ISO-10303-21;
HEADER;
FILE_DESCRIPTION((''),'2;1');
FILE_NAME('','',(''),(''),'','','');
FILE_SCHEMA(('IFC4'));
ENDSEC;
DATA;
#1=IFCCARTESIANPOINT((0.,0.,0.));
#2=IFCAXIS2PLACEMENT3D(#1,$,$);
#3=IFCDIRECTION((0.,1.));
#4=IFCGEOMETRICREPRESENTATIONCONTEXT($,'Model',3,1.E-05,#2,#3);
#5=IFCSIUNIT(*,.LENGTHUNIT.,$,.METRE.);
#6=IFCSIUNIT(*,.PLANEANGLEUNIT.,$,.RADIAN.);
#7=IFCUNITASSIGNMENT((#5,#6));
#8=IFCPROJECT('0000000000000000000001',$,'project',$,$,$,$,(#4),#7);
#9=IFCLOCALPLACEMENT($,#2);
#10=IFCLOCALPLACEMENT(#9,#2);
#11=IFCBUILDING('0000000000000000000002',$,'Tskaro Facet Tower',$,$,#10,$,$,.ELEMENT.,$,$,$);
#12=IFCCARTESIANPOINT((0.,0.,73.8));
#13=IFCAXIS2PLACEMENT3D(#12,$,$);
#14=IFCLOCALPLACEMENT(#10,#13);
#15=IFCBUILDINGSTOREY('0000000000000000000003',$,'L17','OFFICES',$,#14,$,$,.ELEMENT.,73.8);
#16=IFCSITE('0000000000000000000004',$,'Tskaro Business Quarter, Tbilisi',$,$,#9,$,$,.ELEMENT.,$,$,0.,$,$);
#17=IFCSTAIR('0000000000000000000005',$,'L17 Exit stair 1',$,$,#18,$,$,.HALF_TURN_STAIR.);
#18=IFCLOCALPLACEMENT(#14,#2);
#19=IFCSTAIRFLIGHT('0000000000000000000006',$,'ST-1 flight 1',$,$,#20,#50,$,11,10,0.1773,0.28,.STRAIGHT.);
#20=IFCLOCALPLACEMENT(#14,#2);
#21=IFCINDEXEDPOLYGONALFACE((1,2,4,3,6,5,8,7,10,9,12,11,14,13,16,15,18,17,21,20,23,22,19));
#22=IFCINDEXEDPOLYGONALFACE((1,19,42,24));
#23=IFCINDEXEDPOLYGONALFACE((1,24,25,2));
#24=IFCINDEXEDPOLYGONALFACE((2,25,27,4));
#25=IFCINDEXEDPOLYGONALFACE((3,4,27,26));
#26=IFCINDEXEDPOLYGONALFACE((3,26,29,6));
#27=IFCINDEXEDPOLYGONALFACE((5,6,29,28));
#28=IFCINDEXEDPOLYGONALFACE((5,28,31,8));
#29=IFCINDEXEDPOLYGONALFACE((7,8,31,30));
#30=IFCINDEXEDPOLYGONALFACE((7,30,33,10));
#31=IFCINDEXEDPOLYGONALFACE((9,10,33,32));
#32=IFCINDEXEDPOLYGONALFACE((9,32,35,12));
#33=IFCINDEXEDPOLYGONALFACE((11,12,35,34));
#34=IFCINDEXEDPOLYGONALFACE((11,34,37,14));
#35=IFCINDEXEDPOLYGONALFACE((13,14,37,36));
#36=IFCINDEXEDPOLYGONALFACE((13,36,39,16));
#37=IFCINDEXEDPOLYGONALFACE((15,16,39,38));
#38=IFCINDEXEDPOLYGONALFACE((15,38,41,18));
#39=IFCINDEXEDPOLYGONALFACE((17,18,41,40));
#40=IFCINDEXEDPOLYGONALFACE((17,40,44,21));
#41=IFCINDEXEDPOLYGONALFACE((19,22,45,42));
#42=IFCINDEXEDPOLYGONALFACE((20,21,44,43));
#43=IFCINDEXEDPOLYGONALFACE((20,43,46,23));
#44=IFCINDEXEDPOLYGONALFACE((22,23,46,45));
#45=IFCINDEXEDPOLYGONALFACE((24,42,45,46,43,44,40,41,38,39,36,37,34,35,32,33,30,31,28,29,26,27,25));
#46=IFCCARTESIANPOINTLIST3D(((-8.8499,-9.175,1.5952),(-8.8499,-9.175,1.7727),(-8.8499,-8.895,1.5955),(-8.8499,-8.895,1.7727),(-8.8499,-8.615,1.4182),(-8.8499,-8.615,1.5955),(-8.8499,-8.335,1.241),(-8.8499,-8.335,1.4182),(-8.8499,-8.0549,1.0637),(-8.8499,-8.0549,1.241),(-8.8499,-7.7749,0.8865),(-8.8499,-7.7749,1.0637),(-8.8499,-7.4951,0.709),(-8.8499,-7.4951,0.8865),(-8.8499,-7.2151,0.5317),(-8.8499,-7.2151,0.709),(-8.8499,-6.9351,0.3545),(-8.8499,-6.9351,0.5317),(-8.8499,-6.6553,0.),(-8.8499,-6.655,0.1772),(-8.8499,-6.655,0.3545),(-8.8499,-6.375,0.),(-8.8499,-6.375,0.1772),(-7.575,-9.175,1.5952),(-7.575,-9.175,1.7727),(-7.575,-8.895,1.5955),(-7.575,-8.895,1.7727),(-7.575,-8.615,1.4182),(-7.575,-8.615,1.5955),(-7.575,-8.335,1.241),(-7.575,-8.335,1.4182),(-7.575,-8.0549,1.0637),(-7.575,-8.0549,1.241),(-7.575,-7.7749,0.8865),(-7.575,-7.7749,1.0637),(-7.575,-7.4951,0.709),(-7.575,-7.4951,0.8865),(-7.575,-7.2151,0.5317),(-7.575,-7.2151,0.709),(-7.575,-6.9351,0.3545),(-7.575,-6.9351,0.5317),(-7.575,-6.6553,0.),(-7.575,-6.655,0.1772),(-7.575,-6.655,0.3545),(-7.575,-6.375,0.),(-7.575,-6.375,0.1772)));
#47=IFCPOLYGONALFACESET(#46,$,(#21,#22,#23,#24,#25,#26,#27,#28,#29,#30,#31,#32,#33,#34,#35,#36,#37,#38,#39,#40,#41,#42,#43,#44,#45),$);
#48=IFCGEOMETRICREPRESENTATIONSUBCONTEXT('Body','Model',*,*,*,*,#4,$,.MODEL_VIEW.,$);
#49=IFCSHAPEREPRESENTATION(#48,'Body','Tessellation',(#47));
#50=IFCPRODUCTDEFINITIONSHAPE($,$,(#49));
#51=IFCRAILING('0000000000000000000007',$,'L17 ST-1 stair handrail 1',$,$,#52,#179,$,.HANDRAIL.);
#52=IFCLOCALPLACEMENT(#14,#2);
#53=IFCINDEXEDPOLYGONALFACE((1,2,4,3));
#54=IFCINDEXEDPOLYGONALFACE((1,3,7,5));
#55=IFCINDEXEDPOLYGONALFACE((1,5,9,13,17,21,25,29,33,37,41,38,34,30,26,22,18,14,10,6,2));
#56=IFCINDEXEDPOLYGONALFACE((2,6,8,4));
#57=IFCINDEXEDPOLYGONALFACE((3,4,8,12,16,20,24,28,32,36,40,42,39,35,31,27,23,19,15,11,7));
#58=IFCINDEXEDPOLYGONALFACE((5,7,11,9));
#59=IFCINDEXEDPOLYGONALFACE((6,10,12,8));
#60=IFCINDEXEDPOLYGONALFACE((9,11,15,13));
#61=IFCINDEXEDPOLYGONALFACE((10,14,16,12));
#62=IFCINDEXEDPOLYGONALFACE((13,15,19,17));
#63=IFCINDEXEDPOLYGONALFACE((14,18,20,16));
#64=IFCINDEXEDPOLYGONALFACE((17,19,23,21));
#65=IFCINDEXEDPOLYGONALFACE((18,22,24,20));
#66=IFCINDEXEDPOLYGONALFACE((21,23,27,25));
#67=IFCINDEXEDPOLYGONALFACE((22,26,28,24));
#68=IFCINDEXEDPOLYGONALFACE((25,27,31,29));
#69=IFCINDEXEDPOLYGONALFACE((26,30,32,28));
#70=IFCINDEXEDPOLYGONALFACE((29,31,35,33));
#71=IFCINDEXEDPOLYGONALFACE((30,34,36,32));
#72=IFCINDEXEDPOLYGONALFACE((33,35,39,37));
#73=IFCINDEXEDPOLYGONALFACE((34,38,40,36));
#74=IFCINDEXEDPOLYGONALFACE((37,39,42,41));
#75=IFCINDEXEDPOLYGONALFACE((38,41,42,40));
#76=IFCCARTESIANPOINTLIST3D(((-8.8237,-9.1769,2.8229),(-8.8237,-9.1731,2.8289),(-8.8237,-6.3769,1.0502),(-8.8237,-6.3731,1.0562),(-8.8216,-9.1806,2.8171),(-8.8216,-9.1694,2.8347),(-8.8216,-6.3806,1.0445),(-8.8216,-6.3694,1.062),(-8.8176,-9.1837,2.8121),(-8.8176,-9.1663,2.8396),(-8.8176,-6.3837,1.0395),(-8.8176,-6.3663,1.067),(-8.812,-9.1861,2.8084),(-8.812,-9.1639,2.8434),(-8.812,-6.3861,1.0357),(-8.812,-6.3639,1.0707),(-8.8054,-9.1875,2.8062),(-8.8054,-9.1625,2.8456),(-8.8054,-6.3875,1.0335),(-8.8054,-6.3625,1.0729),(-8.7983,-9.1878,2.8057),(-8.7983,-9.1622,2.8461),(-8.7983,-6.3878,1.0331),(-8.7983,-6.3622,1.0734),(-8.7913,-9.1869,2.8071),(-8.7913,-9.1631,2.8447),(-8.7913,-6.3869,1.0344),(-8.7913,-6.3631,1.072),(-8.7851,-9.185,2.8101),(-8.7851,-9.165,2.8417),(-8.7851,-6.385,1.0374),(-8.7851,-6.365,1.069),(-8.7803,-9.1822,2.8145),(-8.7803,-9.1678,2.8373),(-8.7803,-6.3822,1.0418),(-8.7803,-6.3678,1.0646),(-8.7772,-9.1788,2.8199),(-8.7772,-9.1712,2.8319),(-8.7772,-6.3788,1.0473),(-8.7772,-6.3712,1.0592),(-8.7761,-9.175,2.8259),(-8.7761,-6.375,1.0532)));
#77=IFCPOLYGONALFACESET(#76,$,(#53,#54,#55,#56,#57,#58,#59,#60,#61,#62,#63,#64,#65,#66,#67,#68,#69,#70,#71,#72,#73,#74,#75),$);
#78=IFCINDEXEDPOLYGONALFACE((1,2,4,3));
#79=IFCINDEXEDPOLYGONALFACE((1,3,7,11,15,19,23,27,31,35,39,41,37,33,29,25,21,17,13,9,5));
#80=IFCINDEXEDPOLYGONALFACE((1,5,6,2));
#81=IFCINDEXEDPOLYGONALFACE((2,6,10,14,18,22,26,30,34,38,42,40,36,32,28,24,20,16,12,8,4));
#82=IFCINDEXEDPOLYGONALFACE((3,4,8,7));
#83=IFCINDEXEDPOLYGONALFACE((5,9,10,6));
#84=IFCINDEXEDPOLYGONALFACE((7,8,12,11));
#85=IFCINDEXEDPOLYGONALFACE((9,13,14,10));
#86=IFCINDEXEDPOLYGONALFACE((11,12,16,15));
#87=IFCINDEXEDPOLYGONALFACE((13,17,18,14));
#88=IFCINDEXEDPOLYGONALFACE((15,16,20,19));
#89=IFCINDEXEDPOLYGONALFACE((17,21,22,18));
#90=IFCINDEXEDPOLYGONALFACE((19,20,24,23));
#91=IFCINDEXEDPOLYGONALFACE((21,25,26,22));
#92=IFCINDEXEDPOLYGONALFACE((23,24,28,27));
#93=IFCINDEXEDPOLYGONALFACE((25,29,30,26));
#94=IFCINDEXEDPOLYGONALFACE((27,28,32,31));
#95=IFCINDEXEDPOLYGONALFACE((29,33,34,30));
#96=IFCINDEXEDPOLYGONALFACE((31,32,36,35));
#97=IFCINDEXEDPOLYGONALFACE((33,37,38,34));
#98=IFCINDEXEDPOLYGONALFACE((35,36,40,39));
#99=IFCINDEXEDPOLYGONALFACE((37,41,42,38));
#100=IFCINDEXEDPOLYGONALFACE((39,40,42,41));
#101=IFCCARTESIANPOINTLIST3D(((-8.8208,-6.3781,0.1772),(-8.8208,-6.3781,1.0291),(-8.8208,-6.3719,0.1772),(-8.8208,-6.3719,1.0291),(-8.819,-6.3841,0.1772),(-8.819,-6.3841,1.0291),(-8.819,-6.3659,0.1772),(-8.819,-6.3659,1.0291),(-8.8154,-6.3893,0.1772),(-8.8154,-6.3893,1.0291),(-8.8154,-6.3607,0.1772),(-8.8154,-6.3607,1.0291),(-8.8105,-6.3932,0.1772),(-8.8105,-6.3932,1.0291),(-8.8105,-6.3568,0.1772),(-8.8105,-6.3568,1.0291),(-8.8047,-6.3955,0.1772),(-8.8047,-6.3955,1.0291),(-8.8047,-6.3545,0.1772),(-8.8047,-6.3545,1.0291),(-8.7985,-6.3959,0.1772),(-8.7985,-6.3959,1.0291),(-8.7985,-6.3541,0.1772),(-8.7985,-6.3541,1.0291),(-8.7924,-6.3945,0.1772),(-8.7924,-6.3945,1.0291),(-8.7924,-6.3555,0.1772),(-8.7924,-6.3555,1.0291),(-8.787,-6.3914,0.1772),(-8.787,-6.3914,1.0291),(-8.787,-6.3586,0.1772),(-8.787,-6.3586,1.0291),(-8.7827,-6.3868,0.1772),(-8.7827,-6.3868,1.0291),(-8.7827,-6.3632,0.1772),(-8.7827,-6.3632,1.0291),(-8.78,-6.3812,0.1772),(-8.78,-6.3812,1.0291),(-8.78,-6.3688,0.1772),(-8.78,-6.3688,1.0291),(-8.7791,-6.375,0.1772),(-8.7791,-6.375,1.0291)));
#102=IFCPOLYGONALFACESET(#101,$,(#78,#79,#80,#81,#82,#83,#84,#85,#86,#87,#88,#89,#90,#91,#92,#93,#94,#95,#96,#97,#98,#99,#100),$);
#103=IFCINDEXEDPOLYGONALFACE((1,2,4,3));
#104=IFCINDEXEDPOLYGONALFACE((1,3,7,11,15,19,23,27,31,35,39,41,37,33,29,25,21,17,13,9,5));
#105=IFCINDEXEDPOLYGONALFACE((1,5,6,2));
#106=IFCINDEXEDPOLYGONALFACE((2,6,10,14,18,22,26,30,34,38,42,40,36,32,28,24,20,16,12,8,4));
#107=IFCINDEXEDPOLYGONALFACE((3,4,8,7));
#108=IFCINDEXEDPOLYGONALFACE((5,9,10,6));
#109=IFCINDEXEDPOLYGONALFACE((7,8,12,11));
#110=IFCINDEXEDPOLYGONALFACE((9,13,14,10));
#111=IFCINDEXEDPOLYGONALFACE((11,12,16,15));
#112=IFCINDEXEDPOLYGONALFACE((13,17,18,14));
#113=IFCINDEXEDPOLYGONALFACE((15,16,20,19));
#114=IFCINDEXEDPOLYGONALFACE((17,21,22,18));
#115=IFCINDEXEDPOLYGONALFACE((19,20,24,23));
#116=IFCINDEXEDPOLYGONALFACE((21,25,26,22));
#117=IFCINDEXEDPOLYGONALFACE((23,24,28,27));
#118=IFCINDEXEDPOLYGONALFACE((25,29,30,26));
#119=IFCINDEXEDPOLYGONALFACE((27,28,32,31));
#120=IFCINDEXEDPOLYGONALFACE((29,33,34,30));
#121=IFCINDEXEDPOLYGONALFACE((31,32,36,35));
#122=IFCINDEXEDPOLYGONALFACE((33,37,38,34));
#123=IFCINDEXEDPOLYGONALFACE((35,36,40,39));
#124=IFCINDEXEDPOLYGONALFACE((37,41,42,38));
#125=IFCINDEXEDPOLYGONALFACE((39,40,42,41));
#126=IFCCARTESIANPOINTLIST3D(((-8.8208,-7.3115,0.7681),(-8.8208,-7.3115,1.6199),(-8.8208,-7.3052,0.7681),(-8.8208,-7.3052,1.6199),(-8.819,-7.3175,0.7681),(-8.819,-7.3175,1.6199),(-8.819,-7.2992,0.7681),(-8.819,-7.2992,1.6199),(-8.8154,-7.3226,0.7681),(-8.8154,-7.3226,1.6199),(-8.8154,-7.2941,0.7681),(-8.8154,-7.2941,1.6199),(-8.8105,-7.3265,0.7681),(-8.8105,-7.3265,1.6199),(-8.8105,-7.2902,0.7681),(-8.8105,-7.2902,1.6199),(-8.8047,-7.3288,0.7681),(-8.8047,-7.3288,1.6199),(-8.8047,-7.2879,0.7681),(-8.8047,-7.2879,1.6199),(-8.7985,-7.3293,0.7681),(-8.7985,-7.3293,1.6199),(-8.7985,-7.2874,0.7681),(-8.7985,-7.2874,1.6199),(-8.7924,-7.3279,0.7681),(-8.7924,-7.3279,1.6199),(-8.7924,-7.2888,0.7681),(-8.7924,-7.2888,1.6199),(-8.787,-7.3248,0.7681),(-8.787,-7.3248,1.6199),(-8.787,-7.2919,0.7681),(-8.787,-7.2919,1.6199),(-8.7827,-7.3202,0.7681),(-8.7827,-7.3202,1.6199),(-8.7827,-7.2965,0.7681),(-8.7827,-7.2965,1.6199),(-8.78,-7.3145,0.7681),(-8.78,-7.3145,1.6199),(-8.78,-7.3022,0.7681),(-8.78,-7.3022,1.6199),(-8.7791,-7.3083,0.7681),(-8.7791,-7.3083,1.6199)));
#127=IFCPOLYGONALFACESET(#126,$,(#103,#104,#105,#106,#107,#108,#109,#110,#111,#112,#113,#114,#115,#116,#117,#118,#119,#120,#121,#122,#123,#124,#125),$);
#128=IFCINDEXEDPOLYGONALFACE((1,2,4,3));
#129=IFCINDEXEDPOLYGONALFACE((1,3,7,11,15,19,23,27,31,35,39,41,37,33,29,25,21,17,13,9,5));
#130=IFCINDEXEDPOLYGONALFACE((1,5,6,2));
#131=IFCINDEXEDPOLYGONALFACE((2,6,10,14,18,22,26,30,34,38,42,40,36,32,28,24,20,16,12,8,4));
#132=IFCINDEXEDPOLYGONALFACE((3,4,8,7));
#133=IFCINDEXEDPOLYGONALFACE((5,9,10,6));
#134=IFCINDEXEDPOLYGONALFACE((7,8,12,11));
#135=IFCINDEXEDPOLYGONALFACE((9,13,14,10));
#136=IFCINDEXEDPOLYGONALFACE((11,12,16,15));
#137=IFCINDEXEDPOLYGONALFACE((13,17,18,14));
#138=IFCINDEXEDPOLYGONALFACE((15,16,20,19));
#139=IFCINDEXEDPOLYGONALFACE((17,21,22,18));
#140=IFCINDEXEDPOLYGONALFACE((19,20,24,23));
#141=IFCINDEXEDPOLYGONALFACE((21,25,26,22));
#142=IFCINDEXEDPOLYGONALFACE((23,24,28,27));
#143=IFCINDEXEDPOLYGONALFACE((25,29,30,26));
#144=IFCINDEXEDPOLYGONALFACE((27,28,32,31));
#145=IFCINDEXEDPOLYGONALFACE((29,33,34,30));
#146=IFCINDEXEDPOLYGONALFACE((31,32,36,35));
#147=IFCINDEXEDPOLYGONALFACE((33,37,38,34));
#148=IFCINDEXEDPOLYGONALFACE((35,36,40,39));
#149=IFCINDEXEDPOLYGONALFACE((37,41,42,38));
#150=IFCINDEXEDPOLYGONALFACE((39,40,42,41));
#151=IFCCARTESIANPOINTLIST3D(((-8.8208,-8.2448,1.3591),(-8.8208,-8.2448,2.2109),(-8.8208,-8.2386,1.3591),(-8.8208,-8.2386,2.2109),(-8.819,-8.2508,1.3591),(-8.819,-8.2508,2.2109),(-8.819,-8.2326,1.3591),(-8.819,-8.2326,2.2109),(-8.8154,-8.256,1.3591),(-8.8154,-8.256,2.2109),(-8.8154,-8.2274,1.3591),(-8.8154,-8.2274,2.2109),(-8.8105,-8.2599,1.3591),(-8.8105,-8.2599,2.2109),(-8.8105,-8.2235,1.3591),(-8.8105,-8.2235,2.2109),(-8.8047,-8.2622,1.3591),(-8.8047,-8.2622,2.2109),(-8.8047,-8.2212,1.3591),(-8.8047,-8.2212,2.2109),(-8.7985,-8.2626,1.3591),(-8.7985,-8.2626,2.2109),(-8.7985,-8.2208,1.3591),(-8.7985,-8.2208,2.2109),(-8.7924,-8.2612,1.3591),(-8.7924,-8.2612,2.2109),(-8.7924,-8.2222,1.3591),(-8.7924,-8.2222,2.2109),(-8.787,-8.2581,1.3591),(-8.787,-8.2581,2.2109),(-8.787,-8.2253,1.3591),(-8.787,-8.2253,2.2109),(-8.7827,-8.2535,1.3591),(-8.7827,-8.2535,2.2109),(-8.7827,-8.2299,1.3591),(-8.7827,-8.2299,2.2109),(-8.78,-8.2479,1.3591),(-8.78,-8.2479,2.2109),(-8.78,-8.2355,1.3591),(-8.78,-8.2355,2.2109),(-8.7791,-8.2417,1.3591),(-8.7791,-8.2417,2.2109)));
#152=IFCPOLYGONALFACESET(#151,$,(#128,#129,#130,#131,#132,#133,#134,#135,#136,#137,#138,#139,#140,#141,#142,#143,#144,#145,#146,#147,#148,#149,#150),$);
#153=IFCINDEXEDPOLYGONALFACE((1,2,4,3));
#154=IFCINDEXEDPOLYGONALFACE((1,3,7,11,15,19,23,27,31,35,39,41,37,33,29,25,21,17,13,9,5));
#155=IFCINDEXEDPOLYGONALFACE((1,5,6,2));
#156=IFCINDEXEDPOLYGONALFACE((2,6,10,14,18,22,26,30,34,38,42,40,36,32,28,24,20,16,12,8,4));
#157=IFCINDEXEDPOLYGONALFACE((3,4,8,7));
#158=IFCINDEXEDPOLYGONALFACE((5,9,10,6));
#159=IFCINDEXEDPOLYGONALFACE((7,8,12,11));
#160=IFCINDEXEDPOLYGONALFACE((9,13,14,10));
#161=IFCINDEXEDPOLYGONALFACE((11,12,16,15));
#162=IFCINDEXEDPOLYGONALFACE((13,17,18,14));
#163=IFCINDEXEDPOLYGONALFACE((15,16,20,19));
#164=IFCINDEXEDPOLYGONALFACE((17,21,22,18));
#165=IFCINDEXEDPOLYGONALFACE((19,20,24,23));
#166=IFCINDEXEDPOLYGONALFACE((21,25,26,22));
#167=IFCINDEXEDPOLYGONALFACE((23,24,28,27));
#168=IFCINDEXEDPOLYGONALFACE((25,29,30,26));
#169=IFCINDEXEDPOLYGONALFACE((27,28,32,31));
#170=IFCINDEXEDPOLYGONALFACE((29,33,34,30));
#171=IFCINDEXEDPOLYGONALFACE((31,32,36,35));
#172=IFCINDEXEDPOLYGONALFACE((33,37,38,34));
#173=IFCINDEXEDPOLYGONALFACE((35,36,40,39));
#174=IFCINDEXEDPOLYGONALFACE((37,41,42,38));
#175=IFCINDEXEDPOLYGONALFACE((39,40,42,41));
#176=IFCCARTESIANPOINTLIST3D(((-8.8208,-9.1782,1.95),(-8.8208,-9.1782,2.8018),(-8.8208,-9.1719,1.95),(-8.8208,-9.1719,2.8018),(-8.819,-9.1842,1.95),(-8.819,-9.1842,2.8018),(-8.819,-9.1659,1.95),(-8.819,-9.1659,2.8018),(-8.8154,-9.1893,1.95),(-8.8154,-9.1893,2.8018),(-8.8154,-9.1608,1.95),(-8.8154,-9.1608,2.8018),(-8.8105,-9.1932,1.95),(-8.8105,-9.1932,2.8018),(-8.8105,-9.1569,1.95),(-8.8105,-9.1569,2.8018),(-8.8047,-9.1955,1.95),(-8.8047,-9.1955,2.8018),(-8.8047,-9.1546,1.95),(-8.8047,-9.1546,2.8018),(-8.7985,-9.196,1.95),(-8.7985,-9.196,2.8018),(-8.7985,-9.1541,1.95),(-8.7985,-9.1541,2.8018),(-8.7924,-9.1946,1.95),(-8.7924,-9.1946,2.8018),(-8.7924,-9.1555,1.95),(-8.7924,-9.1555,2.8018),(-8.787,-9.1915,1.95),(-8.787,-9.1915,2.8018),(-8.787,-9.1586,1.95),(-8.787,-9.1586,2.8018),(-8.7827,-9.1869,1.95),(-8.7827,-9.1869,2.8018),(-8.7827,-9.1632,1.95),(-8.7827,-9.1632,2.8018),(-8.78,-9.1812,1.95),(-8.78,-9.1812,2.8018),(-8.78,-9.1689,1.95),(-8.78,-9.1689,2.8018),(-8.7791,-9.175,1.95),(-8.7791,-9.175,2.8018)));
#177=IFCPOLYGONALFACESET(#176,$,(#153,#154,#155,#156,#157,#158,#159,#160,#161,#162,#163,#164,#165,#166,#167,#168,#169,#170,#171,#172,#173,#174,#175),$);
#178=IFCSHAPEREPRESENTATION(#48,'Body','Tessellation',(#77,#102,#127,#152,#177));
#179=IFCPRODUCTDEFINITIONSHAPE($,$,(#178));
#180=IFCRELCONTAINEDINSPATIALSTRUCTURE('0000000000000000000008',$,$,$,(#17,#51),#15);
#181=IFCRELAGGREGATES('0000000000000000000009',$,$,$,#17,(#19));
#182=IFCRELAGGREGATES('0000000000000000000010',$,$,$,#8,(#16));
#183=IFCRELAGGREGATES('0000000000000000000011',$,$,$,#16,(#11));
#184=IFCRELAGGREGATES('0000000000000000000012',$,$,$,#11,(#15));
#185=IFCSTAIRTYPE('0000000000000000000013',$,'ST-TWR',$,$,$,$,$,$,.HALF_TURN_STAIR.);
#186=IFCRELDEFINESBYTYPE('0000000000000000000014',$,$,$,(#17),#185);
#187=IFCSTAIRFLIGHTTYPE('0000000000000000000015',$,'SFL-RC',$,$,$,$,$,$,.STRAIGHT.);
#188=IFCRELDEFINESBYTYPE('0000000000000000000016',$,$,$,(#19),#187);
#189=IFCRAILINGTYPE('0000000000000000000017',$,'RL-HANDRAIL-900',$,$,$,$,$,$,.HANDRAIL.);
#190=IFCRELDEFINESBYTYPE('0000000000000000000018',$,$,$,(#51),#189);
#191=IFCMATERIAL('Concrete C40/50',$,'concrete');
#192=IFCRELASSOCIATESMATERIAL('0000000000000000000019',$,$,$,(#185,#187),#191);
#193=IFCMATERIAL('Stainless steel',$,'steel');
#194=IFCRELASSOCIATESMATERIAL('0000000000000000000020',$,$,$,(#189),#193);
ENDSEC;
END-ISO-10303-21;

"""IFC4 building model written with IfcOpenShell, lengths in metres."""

from ifc_helpers import new_model, si_unit, direction, frame, origin, origin_2d, place, context, subcontext, project, spatial, polyline, circle, outline, extrude, material, type_object, element, aggregate, save


model = new_model("IFC4")

# Units and contexts
model_context = context("Model", 3, precision=1e-05, world=origin(), true_north=direction((0.0, 1.0)))
body_context = subcontext(model_context, "Body", "Model", "MODEL_VIEW")
ifc_project = project(units=[si_unit("LENGTHUNIT", "METRE"), si_unit("PLANEANGLEUNIT", "RADIAN")], contexts=[model_context])

# Site, building, storey
site_placement = place(None, origin())
site = spatial("IfcSite", under=ifc_project, at=site_placement, Name="Tskaro Business Quarter, Tbilisi", CompositionType="ELEMENT", RefElevation=0.0)
building_placement = place(site_placement, origin())
building = spatial("IfcBuilding", under=site, at=building_placement, Name="Tskaro Facet Tower", CompositionType="ELEMENT")
storey_placement = place(building_placement, frame((0.0, 0.0, 73.8)))
storey = spatial("IfcBuildingStorey", under=building, at=storey_placement, Name="L17", Description="OFFICES", CompositionType="ELEMENT", Elevation=73.8)

# Shared definitions
ifc_material_1 = material(Name="Stainless steel", Category="steel")

# Shared definitions
ifc_material_2 = material(Name="Concrete C40/50", Category="concrete")

# Stair, stair flight
stair_type = type_object("IfcStairType", Name="ST-TWR", PredefinedType="HALF_TURN_STAIR", material=ifc_material_2)
stair_placement = place(storey_placement, origin())
stair = element("IfcStair", 1, at=stair_placement, inside=storey, type_object=stair_type, Name="L17 Exit stair 1", PredefinedType="HALF_TURN_STAIR")
stair_flight_type = type_object("IfcStairFlightType", Name="SFL-RC", PredefinedType="STRAIGHT", material=ifc_material_2)
stair_flight_placement = place(storey_placement, frame((-8.2124, -6.375, 0.0), z_axis=(0.0, 0.0, 1.0), x_axis=(0.0, -1.0, 0.0)))
stair_flight = element("IfcStairFlight", 2, at=stair_flight_placement, type_object=stair_flight_type, Name="ST-1 flight 1", NumberOfRisers=11, NumberOfTreads=10, PredefinedType="STRAIGHT", RiserHeight=0.1773, TreadLength=0.28, context=body_context, shape_type="SweptSolid", body=[
    extrude(outline(polyline([(0.0, 0.0), (0.0, 0.1772), (0.28, 0.1772), (0.28, 0.3545), (0.5601, 0.3545), (0.5601, 0.5317), (0.8401, 0.5317), (0.8401, 0.709), (1.1201, 0.709), (1.1201, 0.8865), (1.3999, 0.8865), (1.3999, 1.0637), (1.6799, 1.0637), (1.6799, 1.241), (1.96, 1.241), (1.96, 1.4182), (2.24, 1.4182), (2.24, 1.5955), (2.52, 1.5955), (2.52, 1.7727), (2.8, 1.7727), (2.8, 1.95), (2.8, 1.5952), (0.2803, 0.0), (0.0, 0.0)])), frame((0.0, 0.6375, 0.0), z_axis=(0.0, -1.0, 0.0), x_axis=(1.0, 0.0, 0.0)), (0.0, 0.0, 1.0), 1.2749),
])
aggregate(stair, [stair_flight])

# Railing
railing_type = type_object("IfcRailingType", Name="RL-HANDRAIL-900", PredefinedType="HANDRAIL", material=ifc_material_1)
railing_placement = place(storey_placement, frame((-8.8, -6.375, 0.1772)))
element("IfcRailing", 3, at=railing_placement, inside=storey, type_object=railing_type, Name="L17 ST-1 stair handrail 1", PredefinedType="HANDRAIL", context=body_context, shape_type="SweptSolid", body=[
    extrude(circle(Radius=0.0239, at=origin_2d()), frame((0.0, 0.0, 0.876), z_axis=(0.0, -0.844909, 0.53491), x_axis=(1.0, 0.0, 0.0)), (0.0, 0.0, 1.0), 3.314),
    extrude(circle(Radius=0.021, at=origin_2d()), origin(), (0.0, 0.0, 1.0), 0.8518),
    extrude(circle(Radius=0.021, at=origin_2d()), frame((0.0, -0.9333, 0.5908)), (0.0, 0.0, 1.0), 0.8518),
    extrude(circle(Radius=0.021, at=origin_2d()), frame((0.0, -1.8667, 1.1819)), (0.0, 0.0, 1.0), 0.8518),
    extrude(circle(Radius=0.021, at=origin_2d()), frame((0.0, -2.8, 1.7727)), (0.0, 0.0, 1.0), 0.8518),
])

save(model, "model.ifc")
